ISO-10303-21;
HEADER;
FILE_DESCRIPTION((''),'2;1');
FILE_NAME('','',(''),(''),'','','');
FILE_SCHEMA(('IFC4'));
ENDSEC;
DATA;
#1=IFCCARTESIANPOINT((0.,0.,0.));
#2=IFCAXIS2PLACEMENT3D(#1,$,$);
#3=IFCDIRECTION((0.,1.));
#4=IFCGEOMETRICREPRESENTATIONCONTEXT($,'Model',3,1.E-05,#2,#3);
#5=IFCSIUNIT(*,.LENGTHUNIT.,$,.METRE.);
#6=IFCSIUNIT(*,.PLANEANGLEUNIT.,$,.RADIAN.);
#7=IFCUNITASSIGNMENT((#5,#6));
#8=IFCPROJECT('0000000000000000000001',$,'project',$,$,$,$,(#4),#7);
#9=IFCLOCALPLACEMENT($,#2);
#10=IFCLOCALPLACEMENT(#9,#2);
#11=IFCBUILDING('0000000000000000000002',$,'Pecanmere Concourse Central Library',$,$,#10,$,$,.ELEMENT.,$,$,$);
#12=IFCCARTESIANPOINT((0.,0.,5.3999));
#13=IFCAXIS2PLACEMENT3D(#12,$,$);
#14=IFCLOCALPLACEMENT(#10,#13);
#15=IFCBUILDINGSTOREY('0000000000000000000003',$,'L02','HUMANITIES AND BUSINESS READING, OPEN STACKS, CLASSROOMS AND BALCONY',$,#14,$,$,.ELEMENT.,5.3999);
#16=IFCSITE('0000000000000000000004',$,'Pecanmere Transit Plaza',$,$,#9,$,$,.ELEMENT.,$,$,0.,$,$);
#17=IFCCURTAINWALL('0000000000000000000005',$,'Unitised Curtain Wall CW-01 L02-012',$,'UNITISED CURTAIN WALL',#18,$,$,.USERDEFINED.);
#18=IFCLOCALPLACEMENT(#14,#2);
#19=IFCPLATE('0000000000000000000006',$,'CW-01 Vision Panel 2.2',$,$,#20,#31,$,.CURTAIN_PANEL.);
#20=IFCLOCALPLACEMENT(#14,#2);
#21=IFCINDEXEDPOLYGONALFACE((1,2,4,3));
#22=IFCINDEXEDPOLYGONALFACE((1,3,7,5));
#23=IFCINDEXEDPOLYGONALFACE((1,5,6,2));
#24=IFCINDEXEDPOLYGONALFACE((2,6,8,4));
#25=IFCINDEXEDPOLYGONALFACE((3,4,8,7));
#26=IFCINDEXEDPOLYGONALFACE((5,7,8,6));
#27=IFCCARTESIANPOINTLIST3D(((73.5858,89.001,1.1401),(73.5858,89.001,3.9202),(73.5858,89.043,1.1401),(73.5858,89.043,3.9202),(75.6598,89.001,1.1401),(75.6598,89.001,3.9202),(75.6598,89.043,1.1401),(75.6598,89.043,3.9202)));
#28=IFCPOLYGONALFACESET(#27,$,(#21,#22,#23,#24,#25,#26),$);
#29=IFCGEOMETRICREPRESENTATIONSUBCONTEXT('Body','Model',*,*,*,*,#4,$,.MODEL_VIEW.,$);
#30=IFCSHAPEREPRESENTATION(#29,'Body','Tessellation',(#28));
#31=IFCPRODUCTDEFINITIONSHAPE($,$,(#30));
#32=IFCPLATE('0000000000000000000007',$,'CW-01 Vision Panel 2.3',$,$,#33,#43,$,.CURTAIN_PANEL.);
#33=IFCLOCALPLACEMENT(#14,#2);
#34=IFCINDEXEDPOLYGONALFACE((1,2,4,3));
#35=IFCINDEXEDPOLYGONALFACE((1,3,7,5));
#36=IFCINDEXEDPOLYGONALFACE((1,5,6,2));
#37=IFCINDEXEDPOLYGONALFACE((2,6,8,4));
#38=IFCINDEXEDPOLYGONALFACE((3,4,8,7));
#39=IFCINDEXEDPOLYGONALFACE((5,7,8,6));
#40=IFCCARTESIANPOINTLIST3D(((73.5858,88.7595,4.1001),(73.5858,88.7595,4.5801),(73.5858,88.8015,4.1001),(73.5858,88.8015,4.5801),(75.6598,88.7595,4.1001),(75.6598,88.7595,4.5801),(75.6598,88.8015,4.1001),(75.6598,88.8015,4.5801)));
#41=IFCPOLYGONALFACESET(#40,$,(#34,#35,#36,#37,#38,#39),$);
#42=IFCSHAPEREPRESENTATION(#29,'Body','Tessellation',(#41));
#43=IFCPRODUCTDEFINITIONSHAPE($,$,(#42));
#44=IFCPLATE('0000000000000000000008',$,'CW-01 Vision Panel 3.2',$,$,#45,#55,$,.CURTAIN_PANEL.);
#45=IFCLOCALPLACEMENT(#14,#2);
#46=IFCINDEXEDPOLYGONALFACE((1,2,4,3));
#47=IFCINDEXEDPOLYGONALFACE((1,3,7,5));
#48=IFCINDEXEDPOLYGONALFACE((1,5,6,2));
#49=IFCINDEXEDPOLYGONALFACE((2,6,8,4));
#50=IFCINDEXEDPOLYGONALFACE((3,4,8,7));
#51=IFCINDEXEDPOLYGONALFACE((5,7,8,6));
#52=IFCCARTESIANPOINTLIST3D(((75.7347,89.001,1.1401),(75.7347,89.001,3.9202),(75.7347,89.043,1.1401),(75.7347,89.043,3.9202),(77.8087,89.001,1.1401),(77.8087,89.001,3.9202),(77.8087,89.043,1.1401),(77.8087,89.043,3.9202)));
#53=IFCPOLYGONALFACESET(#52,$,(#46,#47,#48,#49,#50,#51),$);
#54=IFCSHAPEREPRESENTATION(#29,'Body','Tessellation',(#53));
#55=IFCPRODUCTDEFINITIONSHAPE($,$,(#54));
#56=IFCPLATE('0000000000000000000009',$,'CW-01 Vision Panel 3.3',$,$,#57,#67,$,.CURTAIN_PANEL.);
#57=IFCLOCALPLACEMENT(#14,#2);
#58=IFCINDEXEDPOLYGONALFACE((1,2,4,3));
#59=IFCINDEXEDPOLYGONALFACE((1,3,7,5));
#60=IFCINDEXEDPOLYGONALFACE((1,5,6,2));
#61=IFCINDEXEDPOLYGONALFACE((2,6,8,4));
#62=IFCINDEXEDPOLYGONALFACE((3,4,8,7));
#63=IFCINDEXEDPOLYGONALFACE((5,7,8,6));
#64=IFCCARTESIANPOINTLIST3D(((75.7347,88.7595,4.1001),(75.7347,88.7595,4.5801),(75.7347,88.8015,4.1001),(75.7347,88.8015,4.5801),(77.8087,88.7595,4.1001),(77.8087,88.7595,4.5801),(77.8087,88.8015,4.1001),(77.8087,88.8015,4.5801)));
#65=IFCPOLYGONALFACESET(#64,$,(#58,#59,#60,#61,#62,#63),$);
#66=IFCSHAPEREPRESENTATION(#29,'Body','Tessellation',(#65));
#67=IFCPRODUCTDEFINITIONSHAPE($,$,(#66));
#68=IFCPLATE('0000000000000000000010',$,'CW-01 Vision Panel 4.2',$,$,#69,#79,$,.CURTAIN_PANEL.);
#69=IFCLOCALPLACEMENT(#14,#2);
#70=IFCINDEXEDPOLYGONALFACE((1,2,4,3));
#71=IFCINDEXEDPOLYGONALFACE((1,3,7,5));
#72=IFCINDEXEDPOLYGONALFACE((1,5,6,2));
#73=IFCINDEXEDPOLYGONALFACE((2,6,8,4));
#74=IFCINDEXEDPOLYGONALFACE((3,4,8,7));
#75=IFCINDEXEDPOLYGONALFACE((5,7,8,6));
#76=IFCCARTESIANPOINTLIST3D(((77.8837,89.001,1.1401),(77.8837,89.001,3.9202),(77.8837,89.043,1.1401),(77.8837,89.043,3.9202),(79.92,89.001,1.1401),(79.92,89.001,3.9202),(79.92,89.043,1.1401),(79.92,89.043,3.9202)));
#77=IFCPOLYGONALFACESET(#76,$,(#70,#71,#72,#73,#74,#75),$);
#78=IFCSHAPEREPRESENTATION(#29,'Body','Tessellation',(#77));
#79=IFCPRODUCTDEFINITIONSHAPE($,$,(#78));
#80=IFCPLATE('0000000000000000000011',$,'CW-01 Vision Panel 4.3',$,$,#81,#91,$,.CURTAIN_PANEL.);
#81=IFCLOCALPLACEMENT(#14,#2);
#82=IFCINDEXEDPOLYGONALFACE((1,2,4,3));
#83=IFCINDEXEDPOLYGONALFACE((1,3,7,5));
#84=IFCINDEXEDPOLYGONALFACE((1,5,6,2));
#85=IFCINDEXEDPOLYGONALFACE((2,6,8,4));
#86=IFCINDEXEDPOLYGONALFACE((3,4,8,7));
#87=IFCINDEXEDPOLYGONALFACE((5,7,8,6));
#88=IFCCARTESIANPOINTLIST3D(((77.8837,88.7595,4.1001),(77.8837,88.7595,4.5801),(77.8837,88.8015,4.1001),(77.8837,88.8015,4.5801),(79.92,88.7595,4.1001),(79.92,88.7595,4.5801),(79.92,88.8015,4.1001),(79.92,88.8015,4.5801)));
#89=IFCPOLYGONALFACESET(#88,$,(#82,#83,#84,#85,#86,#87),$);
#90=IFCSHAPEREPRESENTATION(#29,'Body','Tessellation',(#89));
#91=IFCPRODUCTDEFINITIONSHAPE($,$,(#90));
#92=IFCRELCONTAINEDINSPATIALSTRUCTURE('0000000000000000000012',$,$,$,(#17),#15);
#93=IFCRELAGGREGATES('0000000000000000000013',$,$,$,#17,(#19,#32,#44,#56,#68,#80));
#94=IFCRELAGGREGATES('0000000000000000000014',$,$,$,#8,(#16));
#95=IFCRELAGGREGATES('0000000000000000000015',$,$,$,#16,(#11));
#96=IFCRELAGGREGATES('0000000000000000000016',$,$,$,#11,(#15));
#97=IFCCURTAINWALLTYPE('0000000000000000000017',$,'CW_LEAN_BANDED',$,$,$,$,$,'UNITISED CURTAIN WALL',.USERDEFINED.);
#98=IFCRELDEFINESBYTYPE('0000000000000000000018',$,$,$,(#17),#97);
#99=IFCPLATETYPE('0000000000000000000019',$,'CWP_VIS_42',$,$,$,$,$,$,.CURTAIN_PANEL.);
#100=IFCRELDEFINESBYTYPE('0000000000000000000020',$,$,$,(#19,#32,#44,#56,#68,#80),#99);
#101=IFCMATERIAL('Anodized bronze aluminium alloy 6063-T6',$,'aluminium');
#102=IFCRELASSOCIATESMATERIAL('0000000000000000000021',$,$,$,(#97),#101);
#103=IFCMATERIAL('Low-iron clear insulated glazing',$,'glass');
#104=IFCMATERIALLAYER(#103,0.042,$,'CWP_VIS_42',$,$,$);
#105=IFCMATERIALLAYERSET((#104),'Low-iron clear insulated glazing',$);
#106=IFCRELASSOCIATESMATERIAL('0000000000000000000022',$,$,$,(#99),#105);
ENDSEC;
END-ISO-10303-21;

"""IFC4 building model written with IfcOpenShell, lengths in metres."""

from ifc_helpers import new_model, si_unit, direction, frame, origin, origin_2d, place, context, subcontext, project, spatial, rectangle, extrude, material, layer, layer_set, type_object, element, aggregate, save


model = new_model("IFC4")

# Units and contexts
model_context = context("Model", 3, precision=1e-05, world=origin(), true_north=direction((0.0, 1.0)))
body_context = subcontext(model_context, "Body", "Model", "MODEL_VIEW")
ifc_project = project(units=[si_unit("LENGTHUNIT", "METRE"), si_unit("PLANEANGLEUNIT", "RADIAN")], contexts=[model_context])

# Site, building, storey
site_placement = place(None, origin())
site = spatial("IfcSite", under=ifc_project, at=site_placement, Name="Pecanmere Transit Plaza", CompositionType="ELEMENT", RefElevation=0.0)
building_placement = place(site_placement, origin())
building = spatial("IfcBuilding", under=site, at=building_placement, Name="Pecanmere Concourse Central Library", CompositionType="ELEMENT")
storey_placement = place(building_placement, frame((0.0, 0.0, 5.3999)))
storey = spatial("IfcBuildingStorey", under=building, at=storey_placement, Name="L02", Description="HUMANITIES AND BUSINESS READING, OPEN STACKS, CLASSROOMS AND BALCONY", CompositionType="ELEMENT", Elevation=5.3999)

# Curtain wall
ifc_material_1 = material(Name="Anodized bronze aluminium alloy 6063-T6", Category="aluminium")
curtain_wall_type = type_object("IfcCurtainWallType", Name="CW_LEAN_BANDED", ElementType="UNITISED CURTAIN WALL", PredefinedType="USERDEFINED", material=ifc_material_1)
curtain_wall_placement = place(storey_placement, origin())
curtain_wall = element("IfcCurtainWall", 1, at=curtain_wall_placement, inside=storey, type_object=curtain_wall_type, Name="Unitised Curtain Wall CW-01 L02-012", ObjectType="UNITISED CURTAIN WALL", PredefinedType="USERDEFINED")

# Plates
ifc_material_2 = material(Name="Low-iron clear insulated glazing", Category="glass")
ifc_layer_1 = layer(ifc_material_2, 0.042, Name="CWP_VIS_42")
ifc_layer_set_1 = layer_set([ifc_layer_1], Name="Low-iron clear insulated glazing")
plate_type_1 = type_object("IfcPlateType", Name="CWP_VIS_42", PredefinedType="CURTAIN_PANEL", material=ifc_layer_set_1)
plate_1_placement = place(storey_placement, frame((74.6228, 89.022, 1.1401), z_axis=(0.0, 0.0, 1.0), x_axis=(1.0, 0.0, 0.0)))
plate_1 = element("IfcPlate", 2, at=plate_1_placement, type_object=plate_type_1, Name="CW-01 Vision Panel 2.2", PredefinedType="CURTAIN_PANEL", context=body_context, shape_type="SweptSolid", body=[
    extrude(rectangle(XDim=2.074, YDim=0.042, at=origin_2d()), origin(), (0.0, 0.0, 1.0), 2.78),
])
plate_2_placement = place(storey_placement, frame((74.6228, 88.7805, 4.1001), z_axis=(0.0, 0.0, 1.0), x_axis=(1.0, 0.0, 0.0)))
plate_2 = element("IfcPlate", 3, at=plate_2_placement, type_object=plate_type_1, Name="CW-01 Vision Panel 2.3", PredefinedType="CURTAIN_PANEL", context=body_context, shape_type="SweptSolid", body=[
    extrude(rectangle(XDim=2.074, YDim=0.042, at=origin_2d()), origin(), (0.0, 0.0, 1.0), 0.48),
])
plate_3_placement = place(storey_placement, frame((76.7717, 89.022, 1.1401), z_axis=(0.0, 0.0, 1.0), x_axis=(1.0, 0.0, 0.0)))
plate_3 = element("IfcPlate", 4, at=plate_3_placement, type_object=plate_type_1, Name="CW-01 Vision Panel 3.2", PredefinedType="CURTAIN_PANEL", context=body_context, shape_type="SweptSolid", body=[
    extrude(rectangle(XDim=2.074, YDim=0.042, at=origin_2d()), origin(), (0.0, 0.0, 1.0), 2.78),
])
plate_4_placement = place(storey_placement, frame((76.7717, 88.7805, 4.1001), z_axis=(0.0, 0.0, 1.0), x_axis=(1.0, 0.0, 0.0)))
plate_4 = element("IfcPlate", 5, at=plate_4_placement, type_object=plate_type_1, Name="CW-01 Vision Panel 3.3", PredefinedType="CURTAIN_PANEL", context=body_context, shape_type="SweptSolid", body=[
    extrude(rectangle(XDim=2.074, YDim=0.042, at=origin_2d()), origin(), (0.0, 0.0, 1.0), 0.48),
])
plate_5_placement = place(storey_placement, frame((78.9019, 89.022, 1.1401), z_axis=(0.0, 0.0, 1.0), x_axis=(1.0, 0.0, 0.0)))
plate_5 = element("IfcPlate", 6, at=plate_5_placement, type_object=plate_type_1, Name="CW-01 Vision Panel 4.2", PredefinedType="CURTAIN_PANEL", context=body_context, shape_type="SweptSolid", body=[
    extrude(rectangle(XDim=2.0364, YDim=0.042, at=origin_2d()), origin(), (0.0, 0.0, 1.0), 2.78),
])
plate_6_placement = place(storey_placement, frame((78.9019, 88.7805, 4.1001), z_axis=(0.0, 0.0, 1.0), x_axis=(1.0, 0.0, 0.0)))
plate_6 = element("IfcPlate", 7, at=plate_6_placement, type_object=plate_type_1, Name="CW-01 Vision Panel 4.3", PredefinedType="CURTAIN_PANEL", context=body_context, shape_type="SweptSolid", body=[
    extrude(rectangle(XDim=2.0364, YDim=0.042, at=origin_2d()), origin(), (0.0, 0.0, 1.0), 0.48),
])
aggregate(curtain_wall, [plate_1, plate_2, plate_3, plate_4, plate_5, plate_6])

save(model, "model.ifc")
